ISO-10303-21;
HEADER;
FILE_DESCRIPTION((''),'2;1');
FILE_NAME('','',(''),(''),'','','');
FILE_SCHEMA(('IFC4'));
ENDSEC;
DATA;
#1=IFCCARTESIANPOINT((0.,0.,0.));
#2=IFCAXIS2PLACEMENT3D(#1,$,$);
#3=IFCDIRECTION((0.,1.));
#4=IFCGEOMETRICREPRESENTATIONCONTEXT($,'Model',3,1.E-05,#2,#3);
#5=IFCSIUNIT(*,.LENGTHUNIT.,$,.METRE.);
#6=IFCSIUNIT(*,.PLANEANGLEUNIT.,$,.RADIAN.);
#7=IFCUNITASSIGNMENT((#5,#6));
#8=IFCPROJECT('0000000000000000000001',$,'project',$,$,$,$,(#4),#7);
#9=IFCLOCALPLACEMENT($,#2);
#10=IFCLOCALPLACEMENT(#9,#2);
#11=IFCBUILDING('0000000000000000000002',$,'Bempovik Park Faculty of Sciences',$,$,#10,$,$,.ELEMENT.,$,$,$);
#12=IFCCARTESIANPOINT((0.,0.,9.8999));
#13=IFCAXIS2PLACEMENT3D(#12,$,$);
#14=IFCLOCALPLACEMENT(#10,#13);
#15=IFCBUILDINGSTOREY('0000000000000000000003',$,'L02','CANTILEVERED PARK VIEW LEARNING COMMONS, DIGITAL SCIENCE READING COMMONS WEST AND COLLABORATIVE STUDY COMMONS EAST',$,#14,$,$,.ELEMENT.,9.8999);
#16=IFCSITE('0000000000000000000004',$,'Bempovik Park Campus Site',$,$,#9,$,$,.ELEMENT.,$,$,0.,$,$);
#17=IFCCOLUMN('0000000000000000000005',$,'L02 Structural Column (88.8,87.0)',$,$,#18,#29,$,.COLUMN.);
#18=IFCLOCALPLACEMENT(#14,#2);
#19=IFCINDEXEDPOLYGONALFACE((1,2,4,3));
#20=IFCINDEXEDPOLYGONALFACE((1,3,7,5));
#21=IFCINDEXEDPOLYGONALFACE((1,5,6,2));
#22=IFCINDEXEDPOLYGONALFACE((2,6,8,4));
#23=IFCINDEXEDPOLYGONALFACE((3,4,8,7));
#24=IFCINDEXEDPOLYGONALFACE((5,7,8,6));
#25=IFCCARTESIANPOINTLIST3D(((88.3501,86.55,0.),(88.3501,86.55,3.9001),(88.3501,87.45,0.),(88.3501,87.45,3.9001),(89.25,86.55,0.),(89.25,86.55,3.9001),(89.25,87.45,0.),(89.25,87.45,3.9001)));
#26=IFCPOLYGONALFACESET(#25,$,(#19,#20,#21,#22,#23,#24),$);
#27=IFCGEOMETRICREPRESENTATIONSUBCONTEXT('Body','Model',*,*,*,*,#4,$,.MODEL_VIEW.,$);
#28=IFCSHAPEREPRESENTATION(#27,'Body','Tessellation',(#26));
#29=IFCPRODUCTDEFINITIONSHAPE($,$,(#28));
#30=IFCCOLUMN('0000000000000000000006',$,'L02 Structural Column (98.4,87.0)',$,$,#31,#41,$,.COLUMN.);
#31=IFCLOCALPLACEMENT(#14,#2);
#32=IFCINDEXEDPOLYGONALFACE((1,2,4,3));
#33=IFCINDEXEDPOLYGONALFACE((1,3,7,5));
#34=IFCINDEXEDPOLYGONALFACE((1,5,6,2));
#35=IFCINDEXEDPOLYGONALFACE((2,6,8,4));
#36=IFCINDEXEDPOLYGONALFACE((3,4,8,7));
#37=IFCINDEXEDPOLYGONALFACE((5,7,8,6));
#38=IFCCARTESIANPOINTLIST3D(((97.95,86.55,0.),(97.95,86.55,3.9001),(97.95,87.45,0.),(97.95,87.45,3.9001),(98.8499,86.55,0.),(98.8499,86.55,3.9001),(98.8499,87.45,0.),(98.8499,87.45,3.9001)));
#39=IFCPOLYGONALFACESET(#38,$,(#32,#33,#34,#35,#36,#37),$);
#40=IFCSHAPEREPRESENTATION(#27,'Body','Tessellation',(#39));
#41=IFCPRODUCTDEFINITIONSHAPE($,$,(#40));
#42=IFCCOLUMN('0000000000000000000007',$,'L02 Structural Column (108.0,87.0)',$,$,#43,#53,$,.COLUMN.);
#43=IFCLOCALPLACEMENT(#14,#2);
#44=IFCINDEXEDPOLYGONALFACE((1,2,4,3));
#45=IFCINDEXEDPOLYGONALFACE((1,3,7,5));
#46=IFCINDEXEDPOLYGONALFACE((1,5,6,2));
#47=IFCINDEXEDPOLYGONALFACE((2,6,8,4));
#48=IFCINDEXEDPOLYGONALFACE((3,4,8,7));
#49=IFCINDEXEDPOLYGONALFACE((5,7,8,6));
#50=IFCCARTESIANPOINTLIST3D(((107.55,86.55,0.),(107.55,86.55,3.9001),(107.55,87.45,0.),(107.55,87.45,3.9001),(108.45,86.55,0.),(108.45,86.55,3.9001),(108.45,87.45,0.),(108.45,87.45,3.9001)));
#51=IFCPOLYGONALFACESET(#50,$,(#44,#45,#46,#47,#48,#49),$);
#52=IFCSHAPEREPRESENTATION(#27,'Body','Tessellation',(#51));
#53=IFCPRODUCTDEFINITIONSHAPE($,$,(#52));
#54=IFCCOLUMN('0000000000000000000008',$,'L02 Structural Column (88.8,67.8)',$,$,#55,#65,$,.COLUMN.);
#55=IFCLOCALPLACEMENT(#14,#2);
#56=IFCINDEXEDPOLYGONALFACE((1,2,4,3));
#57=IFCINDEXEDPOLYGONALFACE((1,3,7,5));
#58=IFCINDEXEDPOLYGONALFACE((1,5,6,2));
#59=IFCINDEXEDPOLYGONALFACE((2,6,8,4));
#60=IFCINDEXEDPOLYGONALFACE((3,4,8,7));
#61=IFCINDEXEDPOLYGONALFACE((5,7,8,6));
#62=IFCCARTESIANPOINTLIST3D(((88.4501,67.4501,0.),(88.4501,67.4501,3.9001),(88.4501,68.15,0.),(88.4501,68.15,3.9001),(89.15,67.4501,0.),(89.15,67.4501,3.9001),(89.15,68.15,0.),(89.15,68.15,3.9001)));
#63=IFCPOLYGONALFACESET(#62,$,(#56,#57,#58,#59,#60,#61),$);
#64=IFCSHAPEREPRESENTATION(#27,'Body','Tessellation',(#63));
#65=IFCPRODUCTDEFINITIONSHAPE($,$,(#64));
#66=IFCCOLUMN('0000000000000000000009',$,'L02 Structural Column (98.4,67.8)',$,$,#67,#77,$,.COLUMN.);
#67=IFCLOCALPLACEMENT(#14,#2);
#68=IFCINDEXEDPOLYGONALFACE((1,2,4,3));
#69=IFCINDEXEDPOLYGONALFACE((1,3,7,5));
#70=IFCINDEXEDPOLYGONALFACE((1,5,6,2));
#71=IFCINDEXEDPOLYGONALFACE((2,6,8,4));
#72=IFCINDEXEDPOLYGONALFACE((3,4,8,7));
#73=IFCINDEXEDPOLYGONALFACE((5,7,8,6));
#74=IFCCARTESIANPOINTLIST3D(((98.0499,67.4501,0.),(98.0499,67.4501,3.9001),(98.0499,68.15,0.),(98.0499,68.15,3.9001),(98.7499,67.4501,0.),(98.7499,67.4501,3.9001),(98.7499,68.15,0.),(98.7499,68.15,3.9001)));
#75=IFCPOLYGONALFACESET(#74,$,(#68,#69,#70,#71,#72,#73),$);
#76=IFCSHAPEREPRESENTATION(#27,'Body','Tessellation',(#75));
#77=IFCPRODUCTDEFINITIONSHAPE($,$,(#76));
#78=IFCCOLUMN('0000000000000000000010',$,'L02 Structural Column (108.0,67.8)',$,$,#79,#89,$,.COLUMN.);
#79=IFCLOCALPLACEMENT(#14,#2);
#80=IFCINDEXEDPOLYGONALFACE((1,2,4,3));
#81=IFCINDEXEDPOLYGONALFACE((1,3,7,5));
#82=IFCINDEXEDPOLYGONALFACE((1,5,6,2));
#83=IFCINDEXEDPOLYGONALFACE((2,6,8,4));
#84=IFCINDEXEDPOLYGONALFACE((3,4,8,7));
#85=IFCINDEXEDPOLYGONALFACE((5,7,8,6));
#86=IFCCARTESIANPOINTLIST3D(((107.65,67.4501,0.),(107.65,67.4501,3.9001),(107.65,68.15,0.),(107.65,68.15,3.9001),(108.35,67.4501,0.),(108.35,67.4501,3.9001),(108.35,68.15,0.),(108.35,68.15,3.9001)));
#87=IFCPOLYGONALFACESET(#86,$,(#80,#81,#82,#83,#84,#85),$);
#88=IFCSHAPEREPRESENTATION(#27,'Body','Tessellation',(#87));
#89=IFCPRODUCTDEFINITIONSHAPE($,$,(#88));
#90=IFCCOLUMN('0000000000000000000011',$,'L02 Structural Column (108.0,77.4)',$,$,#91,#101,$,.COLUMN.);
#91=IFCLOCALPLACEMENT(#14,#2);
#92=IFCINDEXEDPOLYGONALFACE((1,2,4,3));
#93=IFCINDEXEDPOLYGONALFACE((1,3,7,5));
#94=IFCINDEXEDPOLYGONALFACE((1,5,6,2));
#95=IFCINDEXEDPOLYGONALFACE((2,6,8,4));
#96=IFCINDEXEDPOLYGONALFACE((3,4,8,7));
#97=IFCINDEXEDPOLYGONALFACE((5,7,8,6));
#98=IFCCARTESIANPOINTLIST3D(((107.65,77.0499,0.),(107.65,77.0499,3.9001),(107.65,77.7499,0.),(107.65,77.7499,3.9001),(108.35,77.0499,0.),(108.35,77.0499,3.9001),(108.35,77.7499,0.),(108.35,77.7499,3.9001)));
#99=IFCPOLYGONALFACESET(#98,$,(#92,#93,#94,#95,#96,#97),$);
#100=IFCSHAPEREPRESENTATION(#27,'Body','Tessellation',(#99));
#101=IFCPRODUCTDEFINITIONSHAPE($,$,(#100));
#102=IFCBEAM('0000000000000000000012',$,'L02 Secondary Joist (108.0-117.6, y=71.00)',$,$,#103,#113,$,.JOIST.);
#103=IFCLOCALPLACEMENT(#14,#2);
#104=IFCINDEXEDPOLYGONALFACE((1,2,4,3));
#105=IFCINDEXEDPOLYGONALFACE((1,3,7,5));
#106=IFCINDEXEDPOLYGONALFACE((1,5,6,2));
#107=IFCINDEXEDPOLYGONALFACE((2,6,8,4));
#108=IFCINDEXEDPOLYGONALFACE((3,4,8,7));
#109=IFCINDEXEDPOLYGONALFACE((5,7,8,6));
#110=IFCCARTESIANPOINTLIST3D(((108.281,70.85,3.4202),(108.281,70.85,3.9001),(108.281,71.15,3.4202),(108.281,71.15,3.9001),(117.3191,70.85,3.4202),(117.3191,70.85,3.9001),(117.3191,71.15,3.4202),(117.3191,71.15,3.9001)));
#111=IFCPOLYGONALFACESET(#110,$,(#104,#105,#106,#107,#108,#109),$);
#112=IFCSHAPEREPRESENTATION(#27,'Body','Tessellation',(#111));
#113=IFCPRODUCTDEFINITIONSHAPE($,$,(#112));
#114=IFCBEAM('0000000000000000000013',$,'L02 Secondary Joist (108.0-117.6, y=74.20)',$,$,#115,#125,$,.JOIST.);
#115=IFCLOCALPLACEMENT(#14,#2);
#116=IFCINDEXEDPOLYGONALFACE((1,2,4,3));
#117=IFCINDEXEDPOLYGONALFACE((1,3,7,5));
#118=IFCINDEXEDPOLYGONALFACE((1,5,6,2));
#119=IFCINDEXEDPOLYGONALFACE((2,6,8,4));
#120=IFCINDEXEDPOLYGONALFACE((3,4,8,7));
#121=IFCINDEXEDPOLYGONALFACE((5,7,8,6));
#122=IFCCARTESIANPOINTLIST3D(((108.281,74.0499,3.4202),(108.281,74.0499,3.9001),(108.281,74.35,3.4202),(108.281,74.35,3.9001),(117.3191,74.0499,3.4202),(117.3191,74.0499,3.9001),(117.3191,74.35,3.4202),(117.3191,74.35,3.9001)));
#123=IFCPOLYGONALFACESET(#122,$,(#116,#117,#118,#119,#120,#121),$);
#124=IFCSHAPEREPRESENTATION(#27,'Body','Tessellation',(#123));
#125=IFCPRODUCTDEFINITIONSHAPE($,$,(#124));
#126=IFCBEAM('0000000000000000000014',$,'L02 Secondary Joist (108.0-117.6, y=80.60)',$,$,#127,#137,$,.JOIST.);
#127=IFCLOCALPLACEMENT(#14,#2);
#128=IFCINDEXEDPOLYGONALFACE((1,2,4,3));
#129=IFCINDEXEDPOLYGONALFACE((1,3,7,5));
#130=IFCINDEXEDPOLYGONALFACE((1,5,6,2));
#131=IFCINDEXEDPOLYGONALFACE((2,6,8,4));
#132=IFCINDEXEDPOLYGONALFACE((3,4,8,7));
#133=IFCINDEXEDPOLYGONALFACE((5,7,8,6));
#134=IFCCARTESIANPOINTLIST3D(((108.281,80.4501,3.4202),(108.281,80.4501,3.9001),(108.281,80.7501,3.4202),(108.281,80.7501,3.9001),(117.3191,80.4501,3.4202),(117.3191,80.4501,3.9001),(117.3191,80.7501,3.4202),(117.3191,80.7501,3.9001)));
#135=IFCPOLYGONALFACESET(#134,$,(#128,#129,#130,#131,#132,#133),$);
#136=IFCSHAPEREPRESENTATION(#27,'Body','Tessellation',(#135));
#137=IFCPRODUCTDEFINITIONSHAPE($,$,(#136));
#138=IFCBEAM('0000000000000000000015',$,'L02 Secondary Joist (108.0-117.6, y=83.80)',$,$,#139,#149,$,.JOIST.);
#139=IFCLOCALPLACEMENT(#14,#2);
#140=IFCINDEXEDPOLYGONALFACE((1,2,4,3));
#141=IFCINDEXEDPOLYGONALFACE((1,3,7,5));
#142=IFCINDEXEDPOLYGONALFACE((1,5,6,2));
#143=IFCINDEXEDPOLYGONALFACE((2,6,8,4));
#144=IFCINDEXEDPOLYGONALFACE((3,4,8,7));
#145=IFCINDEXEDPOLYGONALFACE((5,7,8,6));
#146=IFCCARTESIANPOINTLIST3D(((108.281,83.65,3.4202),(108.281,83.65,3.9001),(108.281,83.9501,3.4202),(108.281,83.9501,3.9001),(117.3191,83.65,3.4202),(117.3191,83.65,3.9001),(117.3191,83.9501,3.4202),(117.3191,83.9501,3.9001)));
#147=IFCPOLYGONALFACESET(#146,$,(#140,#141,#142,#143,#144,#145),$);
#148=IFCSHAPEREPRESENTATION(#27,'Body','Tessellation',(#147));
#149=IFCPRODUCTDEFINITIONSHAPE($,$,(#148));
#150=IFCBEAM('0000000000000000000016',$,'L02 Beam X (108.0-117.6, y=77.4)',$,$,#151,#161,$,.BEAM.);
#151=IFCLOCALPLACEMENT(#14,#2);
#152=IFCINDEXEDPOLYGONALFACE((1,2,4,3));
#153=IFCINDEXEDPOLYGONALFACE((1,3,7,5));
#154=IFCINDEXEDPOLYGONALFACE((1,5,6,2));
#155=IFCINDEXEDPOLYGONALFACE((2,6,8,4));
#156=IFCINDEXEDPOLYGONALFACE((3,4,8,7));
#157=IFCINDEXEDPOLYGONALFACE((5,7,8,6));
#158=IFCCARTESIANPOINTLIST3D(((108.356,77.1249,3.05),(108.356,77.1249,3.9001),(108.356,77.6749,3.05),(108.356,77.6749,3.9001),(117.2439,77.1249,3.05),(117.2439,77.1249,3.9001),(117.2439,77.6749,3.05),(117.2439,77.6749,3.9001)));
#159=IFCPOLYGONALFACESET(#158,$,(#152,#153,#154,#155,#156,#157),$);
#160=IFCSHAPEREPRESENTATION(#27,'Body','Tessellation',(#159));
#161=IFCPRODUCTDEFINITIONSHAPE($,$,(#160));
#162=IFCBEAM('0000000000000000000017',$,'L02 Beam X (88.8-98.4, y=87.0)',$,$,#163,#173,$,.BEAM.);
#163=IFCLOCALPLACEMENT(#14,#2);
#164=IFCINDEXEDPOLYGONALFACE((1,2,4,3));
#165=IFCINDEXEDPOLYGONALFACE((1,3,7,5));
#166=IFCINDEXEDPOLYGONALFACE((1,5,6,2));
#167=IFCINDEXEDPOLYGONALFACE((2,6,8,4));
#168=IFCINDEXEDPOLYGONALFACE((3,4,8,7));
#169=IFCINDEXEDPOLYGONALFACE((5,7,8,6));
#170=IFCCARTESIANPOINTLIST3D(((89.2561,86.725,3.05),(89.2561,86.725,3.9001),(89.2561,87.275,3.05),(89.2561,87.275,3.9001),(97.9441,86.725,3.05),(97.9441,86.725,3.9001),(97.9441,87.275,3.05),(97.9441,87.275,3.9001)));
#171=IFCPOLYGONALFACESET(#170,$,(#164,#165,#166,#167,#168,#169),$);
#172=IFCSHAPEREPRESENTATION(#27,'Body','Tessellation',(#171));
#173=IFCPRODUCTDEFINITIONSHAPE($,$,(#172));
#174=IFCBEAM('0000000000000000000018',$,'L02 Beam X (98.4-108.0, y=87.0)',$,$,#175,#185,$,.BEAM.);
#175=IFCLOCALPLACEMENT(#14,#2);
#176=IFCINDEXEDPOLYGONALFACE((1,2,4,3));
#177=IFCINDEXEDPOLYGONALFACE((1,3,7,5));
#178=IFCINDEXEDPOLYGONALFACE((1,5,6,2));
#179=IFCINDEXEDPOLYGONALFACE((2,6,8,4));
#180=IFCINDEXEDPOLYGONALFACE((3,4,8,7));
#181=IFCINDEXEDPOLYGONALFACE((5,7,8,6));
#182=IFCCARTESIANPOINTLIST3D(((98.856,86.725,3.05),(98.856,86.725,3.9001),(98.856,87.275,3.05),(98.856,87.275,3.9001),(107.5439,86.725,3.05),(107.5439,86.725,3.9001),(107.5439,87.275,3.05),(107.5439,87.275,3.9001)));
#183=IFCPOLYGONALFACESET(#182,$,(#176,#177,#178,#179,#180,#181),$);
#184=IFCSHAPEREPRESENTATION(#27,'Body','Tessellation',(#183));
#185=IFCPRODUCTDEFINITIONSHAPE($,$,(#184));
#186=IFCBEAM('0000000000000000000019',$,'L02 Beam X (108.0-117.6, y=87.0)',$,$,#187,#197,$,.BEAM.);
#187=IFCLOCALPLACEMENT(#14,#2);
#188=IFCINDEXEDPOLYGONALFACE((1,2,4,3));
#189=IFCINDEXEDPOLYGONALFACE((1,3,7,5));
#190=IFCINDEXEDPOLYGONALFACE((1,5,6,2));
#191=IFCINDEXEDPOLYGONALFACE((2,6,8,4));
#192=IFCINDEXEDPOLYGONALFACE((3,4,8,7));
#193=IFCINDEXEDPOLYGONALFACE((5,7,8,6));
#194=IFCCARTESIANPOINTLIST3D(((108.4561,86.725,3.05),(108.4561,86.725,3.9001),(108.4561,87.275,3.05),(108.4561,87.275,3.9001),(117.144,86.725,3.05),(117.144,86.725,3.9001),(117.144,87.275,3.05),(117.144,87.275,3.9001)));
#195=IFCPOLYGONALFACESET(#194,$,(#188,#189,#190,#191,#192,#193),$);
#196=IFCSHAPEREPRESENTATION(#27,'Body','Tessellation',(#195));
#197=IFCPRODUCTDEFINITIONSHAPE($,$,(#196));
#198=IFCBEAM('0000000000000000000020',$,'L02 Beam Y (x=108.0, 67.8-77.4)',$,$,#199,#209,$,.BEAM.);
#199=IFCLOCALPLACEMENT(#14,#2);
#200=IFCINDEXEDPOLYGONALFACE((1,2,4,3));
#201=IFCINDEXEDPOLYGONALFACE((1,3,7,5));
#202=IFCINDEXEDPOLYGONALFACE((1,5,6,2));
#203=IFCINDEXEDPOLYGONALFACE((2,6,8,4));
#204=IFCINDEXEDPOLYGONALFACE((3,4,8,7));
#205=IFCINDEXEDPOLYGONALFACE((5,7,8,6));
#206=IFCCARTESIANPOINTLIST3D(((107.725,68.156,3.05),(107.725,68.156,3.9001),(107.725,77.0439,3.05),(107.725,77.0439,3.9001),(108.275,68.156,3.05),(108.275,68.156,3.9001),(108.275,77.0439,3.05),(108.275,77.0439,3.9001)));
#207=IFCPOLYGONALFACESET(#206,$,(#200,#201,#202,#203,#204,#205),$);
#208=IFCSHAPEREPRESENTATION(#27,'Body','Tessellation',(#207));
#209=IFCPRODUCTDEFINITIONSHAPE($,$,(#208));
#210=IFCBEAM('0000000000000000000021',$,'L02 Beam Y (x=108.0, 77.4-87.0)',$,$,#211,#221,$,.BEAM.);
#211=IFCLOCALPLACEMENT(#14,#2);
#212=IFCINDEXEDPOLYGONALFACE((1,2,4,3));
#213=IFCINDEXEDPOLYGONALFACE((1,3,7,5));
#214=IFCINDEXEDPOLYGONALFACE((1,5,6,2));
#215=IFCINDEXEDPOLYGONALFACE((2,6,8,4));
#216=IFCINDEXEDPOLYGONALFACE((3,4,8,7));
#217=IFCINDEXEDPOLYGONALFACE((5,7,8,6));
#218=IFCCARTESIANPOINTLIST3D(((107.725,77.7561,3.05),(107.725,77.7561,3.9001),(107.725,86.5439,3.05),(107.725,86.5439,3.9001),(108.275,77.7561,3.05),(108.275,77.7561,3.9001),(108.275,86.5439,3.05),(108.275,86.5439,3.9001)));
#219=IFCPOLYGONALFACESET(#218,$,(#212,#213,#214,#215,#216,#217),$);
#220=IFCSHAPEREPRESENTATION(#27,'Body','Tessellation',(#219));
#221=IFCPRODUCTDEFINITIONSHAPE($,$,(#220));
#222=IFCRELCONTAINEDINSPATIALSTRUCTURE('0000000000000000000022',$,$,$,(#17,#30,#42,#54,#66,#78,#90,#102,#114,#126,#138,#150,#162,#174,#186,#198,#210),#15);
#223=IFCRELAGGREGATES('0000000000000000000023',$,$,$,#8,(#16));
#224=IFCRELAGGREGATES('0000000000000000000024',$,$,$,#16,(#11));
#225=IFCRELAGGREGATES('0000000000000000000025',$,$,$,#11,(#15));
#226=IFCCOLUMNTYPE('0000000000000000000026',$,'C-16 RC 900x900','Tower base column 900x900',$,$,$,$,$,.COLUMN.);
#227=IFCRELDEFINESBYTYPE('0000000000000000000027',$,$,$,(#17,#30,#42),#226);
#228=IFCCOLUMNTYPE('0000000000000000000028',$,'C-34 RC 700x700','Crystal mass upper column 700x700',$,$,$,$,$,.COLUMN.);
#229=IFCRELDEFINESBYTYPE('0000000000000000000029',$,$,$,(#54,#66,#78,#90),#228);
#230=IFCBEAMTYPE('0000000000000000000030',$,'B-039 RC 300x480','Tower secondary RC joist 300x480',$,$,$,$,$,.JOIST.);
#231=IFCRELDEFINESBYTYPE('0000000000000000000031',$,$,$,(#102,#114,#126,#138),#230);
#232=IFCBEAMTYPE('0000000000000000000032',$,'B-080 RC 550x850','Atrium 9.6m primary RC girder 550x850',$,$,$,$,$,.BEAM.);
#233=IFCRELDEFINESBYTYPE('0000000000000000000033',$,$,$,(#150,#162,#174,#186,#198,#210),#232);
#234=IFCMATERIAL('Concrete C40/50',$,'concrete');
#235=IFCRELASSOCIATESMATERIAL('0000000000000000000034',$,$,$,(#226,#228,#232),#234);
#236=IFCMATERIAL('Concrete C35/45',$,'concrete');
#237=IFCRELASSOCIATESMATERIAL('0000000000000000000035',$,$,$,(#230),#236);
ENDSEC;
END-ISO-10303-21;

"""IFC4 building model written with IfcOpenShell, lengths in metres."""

from ifc_helpers import new_model, si_unit, direction, frame, origin, origin_2d, place, context, subcontext, project, spatial, rectangle, extrude, material, material_profile, profile_set, type_object, element, save


model = new_model("IFC4")

# Units and contexts
model_context = context("Model", 3, precision=1e-05, world=origin(), true_north=direction((0.0, 1.0)))
body_context = subcontext(model_context, "Body", "Model", "MODEL_VIEW")
ifc_project = project(units=[si_unit("LENGTHUNIT", "METRE"), si_unit("PLANEANGLEUNIT", "RADIAN")], contexts=[model_context])

# Site, building, storey
site_placement = place(None, origin())
site = spatial("IfcSite", under=ifc_project, at=site_placement, Name="Bempovik Park Campus Site", CompositionType="ELEMENT", RefElevation=0.0)
building_placement = place(site_placement, origin())
building = spatial("IfcBuilding", under=site, at=building_placement, Name="Bempovik Park Faculty of Sciences", CompositionType="ELEMENT")
storey_placement = place(building_placement, frame((0.0, 0.0, 9.8999)))
storey = spatial("IfcBuildingStorey", under=building, at=storey_placement, Name="L02", Description="CANTILEVERED PARK VIEW LEARNING COMMONS, DIGITAL SCIENCE READING COMMONS WEST AND COLLABORATIVE STUDY COMMONS EAST", CompositionType="ELEMENT", Elevation=9.8999)

# Columns
ifc_material_1 = material(Name="Concrete C40/50", Category="concrete")
ifc_material_profile_1 = material_profile(ifc_material_1, rectangle(XDim=0.8999, YDim=0.8999, at=origin_2d()), Name="RC 900x900")
ifc_profile_set_1 = profile_set([ifc_material_profile_1], Name="Concrete C40/50")
column_type_1 = type_object("IfcColumnType", Name="C-16 RC 900x900", Description="Tower base column 900x900", PredefinedType="COLUMN", material=ifc_profile_set_1)
for number, where, z_axis, x_axis, name in (
    (1, (88.8, 87.0, 0.0), (0.0, 0.0, 1.0), (1.0, 0.0, 0.0), "L02 Structural Column (88.8,87.0)"),
    (2, (98.3999, 87.0, 0.0), (0.0, 0.0, 1.0), (1.0, 0.0, 0.0), "L02 Structural Column (98.4,87.0)"),
    (3, (108.0, 87.0, 0.0), (0.0, 0.0, 1.0), (1.0, 0.0, 0.0), "L02 Structural Column (108.0,87.0)"),
):
    element("IfcColumn", number, at=place(storey_placement, frame(where, z_axis=z_axis, x_axis=x_axis)), inside=storey, type_object=column_type_1, Name=name, PredefinedType="COLUMN", context=body_context, shape_type="SweptSolid", body=[
        extrude(rectangle(XDim=0.8999, YDim=0.8999, at=origin_2d()), origin(), (0.0, 0.0, 1.0), 3.9001),
    ])
ifc_material_profile_2 = material_profile(ifc_material_1, rectangle(XDim=0.7, YDim=0.7, at=origin_2d()), Name="RC 700x700")
ifc_profile_set_2 = profile_set([ifc_material_profile_2], Name="Concrete C40/50")
column_type_2 = type_object("IfcColumnType", Name="C-34 RC 700x700", Description="Crystal mass upper column 700x700", PredefinedType="COLUMN", material=ifc_profile_set_2)
for number, where, z_axis, x_axis, name in (
    (4, (88.8, 67.8, 0.0), (0.0, 0.0, 1.0), (1.0, 0.0, 0.0), "L02 Structural Column (88.8,67.8)"),
    (5, (98.3999, 67.8, 0.0), (0.0, 0.0, 1.0), (1.0, 0.0, 0.0), "L02 Structural Column (98.4,67.8)"),
    (6, (108.0, 67.8, 0.0), (0.0, 0.0, 1.0), (1.0, 0.0, 0.0), "L02 Structural Column (108.0,67.8)"),
    (7, (108.0, 77.3999, 0.0), (0.0, 0.0, 1.0), (1.0, 0.0, 0.0), "L02 Structural Column (108.0,77.4)"),
):
    element("IfcColumn", number, at=place(storey_placement, frame(where, z_axis=z_axis, x_axis=x_axis)), inside=storey, type_object=column_type_2, Name=name, PredefinedType="COLUMN", context=body_context, shape_type="SweptSolid", body=[
        extrude(rectangle(XDim=0.7, YDim=0.7, at=origin_2d()), origin(), (0.0, 0.0, 1.0), 3.9001),
    ])

# Beams
ifc_material_2 = material(Name="Concrete C35/45", Category="concrete")
ifc_material_profile_3 = material_profile(ifc_material_2, rectangle(XDim=0.3, YDim=0.48, at=origin_2d()), Name="RC 300x480")
ifc_profile_set_3 = profile_set([ifc_material_profile_3], Name="Concrete C35/45")
beam_type_1 = type_object("IfcBeamType", Name="B-039 RC 300x480", Description="Tower secondary RC joist 300x480", PredefinedType="JOIST", material=ifc_profile_set_3)
for number, where, z_axis, x_axis, name in (
    (8, (108.281, 71.0, 3.6602), (1.0, 0.0, 0.0), (0.0, 1.0, 0.0), "L02 Secondary Joist (108.0-117.6, y=71.00)"),
    (9, (108.281, 74.2, 3.6602), (1.0, 0.0, 0.0), (0.0, 1.0, 0.0), "L02 Secondary Joist (108.0-117.6, y=74.20)"),
    (10, (108.281, 80.6001, 3.6602), (1.0, 0.0, 0.0), (0.0, 1.0, 0.0), "L02 Secondary Joist (108.0-117.6, y=80.60)"),
    (11, (108.281, 83.8, 3.6602), (1.0, 0.0, 0.0), (0.0, 1.0, 0.0), "L02 Secondary Joist (108.0-117.6, y=83.80)"),
):
    element("IfcBeam", number, at=place(storey_placement, frame(where, z_axis=z_axis, x_axis=x_axis)), inside=storey, type_object=beam_type_1, Name=name, PredefinedType="JOIST", context=body_context, shape_type="SweptSolid", body=[
        extrude(rectangle(XDim=0.3, YDim=0.48, at=origin_2d()), origin(), (0.0, 0.0, 1.0), 9.0381),
    ])
ifc_material_profile_4 = material_profile(ifc_material_1, rectangle(XDim=0.55, YDim=0.8501, at=origin_2d()), Name="RC 550x850")
ifc_profile_set_4 = profile_set([ifc_material_profile_4], Name="Concrete C40/50")
beam_type_2 = type_object("IfcBeamType", Name="B-080 RC 550x850", Description="Atrium 9.6m primary RC girder 550x850", PredefinedType="BEAM", material=ifc_profile_set_4)
beam_1_placement = place(storey_placement, frame((108.356, 77.3999, 3.4751), z_axis=(1.0, 0.0, 0.0), x_axis=(0.0, 1.0, 0.0)))
element("IfcBeam", 12, at=beam_1_placement, inside=storey, type_object=beam_type_2, Name="L02 Beam X (108.0-117.6, y=77.4)", PredefinedType="BEAM", context=body_context, shape_type="SweptSolid", body=[
    extrude(rectangle(XDim=0.55, YDim=0.8501, at=origin_2d()), origin(), (0.0, 0.0, 1.0), 8.8879),
])
for number, where, z_axis, x_axis, name in (
    (13, (89.2561, 87.0, 3.4751), (1.0, 0.0, 0.0), (0.0, 1.0, 0.0), "L02 Beam X (88.8-98.4, y=87.0)"),
    (14, (98.856, 87.0, 3.4751), (1.0, 0.0, 0.0), (0.0, 1.0, 0.0), "L02 Beam X (98.4-108.0, y=87.0)"),
    (15, (108.4561, 87.0, 3.4751), (1.0, 0.0, 0.0), (0.0, 1.0, 0.0), "L02 Beam X (108.0-117.6, y=87.0)"),
):
    element("IfcBeam", number, at=place(storey_placement, frame(where, z_axis=z_axis, x_axis=x_axis)), inside=storey, type_object=beam_type_2, Name=name, PredefinedType="BEAM", context=body_context, shape_type="SweptSolid", body=[
        extrude(rectangle(XDim=0.55, YDim=0.8501, at=origin_2d()), origin(), (0.0, 0.0, 1.0), 8.688),
    ])
beam_2_placement = place(storey_placement, frame((108.0, 68.156, 3.4751), z_axis=(0.0, 1.0, 0.0), x_axis=(-1.0, 0.0, 0.0)))
element("IfcBeam", 16, at=beam_2_placement, inside=storey, type_object=beam_type_2, Name="L02 Beam Y (x=108.0, 67.8-77.4)", PredefinedType="BEAM", context=body_context, shape_type="SweptSolid", body=[
    extrude(rectangle(XDim=0.55, YDim=0.8501, at=origin_2d()), origin(), (0.0, 0.0, 1.0), 8.8879),
])
beam_3_placement = place(storey_placement, frame((108.0, 77.7561, 3.4751), z_axis=(0.0, 1.0, 0.0), x_axis=(-1.0, 0.0, 0.0)))
element("IfcBeam", 17, at=beam_3_placement, inside=storey, type_object=beam_type_2, Name="L02 Beam Y (x=108.0, 77.4-87.0)", PredefinedType="BEAM", context=body_context, shape_type="SweptSolid", body=[
    extrude(rectangle(XDim=0.55, YDim=0.8501, at=origin_2d()), origin(), (0.0, 0.0, 1.0), 8.7878),
])

save(model, "model.ifc")
